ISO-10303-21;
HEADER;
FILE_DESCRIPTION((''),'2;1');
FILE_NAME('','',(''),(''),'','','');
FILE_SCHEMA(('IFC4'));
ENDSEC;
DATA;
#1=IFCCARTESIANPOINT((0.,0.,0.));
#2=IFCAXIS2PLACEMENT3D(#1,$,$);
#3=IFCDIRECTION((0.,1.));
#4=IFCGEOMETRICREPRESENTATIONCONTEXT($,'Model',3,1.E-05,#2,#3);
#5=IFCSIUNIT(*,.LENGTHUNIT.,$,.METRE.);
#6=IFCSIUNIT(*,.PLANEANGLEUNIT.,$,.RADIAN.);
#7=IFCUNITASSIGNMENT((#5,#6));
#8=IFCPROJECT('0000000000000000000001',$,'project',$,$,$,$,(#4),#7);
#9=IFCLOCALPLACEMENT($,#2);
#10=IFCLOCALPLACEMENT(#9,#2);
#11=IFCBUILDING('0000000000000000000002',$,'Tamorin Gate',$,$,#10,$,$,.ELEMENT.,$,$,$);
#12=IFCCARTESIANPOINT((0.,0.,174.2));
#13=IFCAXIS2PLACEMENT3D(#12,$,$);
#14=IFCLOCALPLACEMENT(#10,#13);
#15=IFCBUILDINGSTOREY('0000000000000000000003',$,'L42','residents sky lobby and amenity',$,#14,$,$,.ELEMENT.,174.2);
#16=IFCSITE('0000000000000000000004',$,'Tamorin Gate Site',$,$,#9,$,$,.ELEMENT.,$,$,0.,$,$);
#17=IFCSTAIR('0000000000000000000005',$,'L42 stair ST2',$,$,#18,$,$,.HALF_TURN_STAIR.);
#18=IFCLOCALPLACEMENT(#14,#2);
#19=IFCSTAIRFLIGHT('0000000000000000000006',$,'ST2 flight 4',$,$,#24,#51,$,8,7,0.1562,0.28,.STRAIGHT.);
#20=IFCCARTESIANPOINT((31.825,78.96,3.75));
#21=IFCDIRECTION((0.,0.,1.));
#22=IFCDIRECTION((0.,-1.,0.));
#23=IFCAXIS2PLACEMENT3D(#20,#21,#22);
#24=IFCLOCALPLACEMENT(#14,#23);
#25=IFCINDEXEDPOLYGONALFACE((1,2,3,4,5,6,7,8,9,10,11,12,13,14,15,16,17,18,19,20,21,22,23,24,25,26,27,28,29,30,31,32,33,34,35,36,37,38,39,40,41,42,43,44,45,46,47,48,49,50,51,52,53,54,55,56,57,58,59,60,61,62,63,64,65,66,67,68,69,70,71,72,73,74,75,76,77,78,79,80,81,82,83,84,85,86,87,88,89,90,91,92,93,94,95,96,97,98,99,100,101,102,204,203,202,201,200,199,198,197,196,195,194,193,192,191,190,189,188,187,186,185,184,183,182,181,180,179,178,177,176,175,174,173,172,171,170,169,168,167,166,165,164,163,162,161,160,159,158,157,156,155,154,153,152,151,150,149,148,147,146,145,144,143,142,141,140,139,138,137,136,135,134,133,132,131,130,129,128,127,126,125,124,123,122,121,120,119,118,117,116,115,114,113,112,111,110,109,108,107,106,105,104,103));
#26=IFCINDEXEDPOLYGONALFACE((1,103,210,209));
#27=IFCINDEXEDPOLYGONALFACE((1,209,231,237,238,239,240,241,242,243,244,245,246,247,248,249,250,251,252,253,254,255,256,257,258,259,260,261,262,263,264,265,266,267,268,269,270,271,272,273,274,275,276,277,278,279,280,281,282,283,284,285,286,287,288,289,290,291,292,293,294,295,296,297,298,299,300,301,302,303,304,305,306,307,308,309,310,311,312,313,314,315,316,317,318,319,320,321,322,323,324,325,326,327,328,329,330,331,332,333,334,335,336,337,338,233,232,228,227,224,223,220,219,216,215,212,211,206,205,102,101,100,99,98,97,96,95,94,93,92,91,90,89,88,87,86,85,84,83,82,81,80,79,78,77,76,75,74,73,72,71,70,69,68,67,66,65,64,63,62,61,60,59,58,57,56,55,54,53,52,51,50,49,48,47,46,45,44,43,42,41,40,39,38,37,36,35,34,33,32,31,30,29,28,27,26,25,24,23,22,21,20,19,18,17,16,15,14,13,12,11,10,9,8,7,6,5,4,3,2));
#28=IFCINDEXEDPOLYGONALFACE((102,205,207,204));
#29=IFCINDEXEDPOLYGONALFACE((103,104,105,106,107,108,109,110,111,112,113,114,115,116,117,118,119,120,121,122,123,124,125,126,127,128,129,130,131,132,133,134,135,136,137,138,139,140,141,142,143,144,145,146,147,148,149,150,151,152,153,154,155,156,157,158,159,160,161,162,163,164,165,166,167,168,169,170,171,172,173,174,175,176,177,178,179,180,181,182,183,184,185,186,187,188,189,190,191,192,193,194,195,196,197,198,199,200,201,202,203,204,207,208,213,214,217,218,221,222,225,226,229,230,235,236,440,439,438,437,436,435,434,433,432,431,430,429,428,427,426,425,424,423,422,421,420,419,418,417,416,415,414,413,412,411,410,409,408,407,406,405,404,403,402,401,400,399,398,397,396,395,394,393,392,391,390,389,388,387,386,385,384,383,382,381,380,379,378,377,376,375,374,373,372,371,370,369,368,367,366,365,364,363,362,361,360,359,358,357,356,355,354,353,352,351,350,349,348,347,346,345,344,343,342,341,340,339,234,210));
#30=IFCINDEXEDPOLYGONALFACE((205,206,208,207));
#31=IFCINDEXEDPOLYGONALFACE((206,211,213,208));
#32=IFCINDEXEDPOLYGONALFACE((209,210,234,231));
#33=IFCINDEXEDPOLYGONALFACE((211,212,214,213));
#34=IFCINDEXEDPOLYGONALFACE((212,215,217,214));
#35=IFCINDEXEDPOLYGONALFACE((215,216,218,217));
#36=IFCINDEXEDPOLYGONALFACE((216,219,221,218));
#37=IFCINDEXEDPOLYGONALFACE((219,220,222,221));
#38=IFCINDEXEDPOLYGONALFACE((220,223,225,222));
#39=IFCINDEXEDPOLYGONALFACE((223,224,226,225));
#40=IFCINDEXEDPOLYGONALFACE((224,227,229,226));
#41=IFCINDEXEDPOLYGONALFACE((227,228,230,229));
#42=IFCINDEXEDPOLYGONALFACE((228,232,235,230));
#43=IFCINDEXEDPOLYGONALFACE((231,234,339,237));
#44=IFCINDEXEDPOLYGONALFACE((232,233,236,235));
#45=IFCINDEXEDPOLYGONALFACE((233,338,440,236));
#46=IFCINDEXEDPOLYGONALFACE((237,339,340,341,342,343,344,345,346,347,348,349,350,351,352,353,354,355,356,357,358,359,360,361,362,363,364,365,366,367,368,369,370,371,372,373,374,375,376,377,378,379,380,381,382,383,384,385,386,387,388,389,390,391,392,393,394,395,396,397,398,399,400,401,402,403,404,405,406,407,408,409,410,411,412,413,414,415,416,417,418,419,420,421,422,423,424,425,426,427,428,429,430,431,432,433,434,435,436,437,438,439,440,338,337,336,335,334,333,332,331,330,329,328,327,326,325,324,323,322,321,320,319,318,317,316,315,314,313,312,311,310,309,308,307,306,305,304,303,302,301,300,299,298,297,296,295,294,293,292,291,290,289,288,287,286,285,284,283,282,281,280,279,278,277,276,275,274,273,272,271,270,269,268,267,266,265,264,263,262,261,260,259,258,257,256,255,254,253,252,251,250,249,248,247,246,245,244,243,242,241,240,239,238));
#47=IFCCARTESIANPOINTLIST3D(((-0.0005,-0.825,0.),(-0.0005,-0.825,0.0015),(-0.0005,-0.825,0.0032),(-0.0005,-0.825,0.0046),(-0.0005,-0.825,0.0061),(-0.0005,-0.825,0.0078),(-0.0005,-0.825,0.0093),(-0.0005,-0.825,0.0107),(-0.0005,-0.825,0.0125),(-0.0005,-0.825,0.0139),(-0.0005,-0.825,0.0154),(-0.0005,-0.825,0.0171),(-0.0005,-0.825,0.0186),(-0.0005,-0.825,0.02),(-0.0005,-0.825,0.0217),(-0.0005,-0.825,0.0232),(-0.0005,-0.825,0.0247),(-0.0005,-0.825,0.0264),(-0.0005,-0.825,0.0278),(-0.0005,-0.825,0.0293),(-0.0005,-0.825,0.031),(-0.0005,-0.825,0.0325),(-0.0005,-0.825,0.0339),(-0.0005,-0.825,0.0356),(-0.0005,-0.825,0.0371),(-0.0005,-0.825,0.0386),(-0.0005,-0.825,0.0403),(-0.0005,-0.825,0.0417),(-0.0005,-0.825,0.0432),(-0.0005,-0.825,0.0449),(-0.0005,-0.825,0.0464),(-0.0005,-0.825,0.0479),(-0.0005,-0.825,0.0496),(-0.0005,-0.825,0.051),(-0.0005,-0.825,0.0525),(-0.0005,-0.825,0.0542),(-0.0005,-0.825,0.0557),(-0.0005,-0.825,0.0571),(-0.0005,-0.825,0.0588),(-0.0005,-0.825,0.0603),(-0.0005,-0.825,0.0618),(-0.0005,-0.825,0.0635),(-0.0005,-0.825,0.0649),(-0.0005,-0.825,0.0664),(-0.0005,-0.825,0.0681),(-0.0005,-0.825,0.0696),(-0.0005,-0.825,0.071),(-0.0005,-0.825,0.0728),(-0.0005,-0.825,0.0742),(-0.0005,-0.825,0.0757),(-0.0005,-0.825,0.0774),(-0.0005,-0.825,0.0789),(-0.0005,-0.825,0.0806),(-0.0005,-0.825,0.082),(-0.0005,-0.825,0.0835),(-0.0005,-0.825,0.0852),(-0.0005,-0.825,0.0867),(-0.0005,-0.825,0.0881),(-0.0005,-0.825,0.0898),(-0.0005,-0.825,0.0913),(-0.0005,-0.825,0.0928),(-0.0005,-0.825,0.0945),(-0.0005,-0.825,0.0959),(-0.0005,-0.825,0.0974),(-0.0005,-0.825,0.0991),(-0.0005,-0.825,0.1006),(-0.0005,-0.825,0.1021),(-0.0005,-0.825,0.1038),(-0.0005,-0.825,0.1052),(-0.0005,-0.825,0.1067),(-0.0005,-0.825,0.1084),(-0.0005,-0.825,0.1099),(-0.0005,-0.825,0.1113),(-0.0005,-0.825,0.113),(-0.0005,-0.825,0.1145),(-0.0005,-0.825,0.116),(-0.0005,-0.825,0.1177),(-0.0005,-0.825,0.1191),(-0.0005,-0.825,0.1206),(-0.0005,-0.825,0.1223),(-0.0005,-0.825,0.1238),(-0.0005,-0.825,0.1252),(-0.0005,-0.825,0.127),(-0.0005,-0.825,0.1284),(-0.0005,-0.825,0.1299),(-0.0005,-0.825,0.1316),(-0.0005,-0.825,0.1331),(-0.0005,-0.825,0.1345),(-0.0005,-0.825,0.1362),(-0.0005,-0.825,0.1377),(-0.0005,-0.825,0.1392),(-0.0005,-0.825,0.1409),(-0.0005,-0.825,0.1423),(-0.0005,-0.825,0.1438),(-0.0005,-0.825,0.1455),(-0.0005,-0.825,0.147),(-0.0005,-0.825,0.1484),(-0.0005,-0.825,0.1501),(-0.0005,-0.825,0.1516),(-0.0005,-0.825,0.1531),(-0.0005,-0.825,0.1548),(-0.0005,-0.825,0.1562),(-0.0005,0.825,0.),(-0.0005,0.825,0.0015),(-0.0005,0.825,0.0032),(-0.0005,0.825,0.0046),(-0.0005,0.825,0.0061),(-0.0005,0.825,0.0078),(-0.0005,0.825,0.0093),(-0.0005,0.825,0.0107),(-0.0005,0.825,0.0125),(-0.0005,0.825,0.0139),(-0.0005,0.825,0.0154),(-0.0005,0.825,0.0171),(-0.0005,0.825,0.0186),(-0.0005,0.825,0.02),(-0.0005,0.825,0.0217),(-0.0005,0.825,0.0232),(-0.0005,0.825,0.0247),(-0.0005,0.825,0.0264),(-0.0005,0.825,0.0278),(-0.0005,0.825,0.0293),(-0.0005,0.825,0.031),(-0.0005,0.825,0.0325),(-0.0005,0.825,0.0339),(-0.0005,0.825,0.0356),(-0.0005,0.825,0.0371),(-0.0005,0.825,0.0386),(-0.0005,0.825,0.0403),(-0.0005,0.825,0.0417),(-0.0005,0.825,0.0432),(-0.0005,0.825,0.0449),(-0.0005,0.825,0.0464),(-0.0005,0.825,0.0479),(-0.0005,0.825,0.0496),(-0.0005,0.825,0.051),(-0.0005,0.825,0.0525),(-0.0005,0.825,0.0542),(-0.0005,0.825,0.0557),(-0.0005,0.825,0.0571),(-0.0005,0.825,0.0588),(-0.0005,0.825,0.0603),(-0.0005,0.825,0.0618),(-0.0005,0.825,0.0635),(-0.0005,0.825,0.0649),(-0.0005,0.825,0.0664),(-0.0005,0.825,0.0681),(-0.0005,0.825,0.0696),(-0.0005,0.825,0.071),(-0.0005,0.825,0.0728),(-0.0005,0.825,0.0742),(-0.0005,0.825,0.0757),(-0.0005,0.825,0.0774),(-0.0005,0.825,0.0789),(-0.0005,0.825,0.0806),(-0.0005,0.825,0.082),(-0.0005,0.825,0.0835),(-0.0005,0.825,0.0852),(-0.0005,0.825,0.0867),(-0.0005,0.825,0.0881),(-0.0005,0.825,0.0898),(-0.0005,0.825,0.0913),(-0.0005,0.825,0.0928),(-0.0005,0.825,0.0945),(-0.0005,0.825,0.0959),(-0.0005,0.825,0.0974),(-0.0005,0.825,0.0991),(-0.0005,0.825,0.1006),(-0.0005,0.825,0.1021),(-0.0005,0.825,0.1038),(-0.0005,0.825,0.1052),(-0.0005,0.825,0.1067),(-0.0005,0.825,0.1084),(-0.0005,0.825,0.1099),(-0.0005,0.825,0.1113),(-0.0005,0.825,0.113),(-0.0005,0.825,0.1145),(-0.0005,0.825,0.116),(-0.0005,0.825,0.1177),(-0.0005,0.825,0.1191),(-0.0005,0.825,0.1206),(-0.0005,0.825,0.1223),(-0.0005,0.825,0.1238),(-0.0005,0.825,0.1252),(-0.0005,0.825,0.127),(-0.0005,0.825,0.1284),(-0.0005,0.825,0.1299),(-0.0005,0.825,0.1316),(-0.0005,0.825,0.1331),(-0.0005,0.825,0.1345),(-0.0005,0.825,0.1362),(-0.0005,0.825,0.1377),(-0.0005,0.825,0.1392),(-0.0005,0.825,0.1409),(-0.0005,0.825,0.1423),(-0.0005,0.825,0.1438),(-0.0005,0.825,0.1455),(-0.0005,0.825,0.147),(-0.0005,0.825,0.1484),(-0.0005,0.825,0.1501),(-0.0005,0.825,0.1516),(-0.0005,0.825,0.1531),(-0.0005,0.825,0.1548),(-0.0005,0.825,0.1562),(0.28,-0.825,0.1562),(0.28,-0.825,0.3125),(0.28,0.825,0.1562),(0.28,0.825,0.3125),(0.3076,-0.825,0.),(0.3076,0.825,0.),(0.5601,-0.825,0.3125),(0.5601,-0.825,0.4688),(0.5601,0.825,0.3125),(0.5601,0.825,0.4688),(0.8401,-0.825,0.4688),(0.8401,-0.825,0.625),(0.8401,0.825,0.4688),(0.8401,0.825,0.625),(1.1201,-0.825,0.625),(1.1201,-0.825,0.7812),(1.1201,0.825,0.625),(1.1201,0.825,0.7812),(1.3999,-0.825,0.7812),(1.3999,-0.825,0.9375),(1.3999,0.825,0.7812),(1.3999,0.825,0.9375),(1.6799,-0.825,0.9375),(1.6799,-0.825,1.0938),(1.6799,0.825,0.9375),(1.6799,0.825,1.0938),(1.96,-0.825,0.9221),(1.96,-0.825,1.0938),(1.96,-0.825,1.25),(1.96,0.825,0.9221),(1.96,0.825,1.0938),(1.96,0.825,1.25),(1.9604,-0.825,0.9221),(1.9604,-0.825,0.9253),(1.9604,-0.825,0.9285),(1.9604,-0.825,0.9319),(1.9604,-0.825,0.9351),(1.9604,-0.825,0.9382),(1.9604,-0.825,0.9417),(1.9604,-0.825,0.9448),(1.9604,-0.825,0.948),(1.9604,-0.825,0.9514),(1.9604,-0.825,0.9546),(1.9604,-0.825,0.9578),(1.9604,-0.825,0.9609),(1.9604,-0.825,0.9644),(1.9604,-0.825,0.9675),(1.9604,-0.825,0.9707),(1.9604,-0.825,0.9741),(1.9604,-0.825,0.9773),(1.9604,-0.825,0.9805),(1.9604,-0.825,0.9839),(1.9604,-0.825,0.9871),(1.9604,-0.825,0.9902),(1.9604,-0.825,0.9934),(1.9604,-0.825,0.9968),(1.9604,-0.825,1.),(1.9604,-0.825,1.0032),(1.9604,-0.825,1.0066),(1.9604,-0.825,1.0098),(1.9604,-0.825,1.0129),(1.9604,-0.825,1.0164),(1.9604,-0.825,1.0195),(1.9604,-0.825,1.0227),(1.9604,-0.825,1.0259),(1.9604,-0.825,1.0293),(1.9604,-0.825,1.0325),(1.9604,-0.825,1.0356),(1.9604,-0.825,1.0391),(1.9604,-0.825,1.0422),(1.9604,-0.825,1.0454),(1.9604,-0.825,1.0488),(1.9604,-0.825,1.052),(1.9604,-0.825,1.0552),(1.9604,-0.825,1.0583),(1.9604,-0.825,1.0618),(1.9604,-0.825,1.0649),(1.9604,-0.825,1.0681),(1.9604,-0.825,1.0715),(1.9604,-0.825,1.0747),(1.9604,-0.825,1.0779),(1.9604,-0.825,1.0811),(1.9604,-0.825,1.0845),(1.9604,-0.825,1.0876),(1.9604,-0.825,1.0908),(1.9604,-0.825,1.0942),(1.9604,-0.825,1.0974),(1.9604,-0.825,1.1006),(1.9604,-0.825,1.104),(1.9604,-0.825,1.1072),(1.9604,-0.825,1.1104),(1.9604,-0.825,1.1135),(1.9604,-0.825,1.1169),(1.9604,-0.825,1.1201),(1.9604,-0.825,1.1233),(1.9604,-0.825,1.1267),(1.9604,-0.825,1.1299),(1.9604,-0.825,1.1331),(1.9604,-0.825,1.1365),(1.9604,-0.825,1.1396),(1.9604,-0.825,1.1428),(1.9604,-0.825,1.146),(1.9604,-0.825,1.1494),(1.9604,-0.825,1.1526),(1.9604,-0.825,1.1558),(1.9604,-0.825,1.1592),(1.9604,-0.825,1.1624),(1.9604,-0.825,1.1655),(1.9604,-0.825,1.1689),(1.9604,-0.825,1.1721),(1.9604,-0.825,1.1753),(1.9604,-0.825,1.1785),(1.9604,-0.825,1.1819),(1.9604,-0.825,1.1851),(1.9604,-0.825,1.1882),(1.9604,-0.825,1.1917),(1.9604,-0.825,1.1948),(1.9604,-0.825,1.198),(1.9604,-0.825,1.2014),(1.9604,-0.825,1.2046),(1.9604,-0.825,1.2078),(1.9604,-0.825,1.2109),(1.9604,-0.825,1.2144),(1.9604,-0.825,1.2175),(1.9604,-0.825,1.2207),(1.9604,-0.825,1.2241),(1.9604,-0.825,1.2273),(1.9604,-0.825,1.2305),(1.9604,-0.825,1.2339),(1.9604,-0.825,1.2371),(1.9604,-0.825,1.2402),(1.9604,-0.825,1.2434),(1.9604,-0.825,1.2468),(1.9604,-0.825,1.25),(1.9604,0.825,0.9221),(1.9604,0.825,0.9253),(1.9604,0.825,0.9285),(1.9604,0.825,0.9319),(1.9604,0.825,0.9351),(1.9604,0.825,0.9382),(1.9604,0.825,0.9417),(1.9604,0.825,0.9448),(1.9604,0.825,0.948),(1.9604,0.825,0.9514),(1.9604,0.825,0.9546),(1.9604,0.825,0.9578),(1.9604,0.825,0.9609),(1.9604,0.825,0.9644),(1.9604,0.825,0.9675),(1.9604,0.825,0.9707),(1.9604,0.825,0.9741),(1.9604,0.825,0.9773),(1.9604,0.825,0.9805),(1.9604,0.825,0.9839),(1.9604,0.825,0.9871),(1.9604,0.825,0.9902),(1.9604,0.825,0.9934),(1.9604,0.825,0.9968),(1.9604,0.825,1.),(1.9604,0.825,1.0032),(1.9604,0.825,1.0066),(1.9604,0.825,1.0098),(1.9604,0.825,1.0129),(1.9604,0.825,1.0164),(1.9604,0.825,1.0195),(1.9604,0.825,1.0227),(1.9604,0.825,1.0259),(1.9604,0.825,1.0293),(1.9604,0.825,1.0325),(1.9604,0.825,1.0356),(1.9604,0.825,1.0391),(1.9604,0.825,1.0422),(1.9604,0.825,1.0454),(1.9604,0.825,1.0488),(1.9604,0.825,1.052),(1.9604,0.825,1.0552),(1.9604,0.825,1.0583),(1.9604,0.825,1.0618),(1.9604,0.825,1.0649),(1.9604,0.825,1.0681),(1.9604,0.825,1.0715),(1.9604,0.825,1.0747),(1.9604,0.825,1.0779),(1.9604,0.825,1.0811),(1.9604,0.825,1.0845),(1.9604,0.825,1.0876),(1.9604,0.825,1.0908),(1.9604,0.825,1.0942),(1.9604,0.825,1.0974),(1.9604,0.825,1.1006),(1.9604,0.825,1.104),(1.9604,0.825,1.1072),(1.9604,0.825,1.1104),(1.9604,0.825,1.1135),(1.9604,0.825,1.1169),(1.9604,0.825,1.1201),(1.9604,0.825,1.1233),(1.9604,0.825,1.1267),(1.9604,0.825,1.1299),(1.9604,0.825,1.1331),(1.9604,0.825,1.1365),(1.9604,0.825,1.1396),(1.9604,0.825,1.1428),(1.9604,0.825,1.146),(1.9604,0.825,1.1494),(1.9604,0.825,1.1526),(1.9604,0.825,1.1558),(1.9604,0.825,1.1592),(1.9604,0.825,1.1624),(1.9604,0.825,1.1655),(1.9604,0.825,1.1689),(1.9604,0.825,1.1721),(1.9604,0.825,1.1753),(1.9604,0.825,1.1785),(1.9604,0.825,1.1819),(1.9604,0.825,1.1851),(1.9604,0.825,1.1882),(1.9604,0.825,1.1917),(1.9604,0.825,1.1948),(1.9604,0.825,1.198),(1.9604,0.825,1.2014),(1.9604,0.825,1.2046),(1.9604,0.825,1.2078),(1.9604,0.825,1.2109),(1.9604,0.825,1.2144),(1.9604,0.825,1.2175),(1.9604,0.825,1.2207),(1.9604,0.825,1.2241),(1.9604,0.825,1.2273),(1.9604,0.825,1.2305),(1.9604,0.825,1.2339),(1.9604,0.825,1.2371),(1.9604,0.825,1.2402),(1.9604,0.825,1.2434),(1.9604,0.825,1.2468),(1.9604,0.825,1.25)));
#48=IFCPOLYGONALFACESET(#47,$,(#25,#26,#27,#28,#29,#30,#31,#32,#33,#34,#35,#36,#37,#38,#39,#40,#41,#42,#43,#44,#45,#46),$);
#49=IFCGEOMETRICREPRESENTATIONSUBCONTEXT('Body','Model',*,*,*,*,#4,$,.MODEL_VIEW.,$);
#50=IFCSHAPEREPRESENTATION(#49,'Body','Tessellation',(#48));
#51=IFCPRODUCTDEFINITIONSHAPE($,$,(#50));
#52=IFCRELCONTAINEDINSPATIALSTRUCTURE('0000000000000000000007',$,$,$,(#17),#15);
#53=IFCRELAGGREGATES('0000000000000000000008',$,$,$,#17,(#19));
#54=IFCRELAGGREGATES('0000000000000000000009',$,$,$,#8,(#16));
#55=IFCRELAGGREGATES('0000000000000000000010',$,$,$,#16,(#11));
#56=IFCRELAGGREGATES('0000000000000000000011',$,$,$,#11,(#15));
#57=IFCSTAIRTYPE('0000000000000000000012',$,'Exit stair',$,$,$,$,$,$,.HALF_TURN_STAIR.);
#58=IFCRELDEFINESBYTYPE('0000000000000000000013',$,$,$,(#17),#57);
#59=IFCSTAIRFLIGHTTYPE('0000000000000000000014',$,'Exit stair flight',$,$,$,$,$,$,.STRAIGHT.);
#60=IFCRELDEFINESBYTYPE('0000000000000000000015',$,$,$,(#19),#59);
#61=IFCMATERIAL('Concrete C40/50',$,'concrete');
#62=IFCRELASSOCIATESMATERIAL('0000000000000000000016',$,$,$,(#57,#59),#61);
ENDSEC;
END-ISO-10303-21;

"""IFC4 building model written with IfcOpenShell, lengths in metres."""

from ifc_helpers import new_model, si_unit, direction, frame, origin, place, context, subcontext, project, spatial, polyline, outline, extrude, material, type_object, element, aggregate, save


model = new_model("IFC4")

# Units and contexts
model_context = context("Model", 3, precision=1e-05, world=origin(), true_north=direction((0.0, 1.0)))
body_context = subcontext(model_context, "Body", "Model", "MODEL_VIEW")
ifc_project = project(units=[si_unit("LENGTHUNIT", "METRE"), si_unit("PLANEANGLEUNIT", "RADIAN")], contexts=[model_context])

# Site, building, storey
site_placement = place(None, origin())
site = spatial("IfcSite", under=ifc_project, at=site_placement, Name="Tamorin Gate Site", CompositionType="ELEMENT", RefElevation=0.0)
building_placement = place(site_placement, origin())
building = spatial("IfcBuilding", under=site, at=building_placement, Name="Tamorin Gate", CompositionType="ELEMENT")
storey_placement = place(building_placement, frame((0.0, 0.0, 174.2)))
storey = spatial("IfcBuildingStorey", under=building, at=storey_placement, Name="L42", Description="residents sky lobby and amenity", CompositionType="ELEMENT", Elevation=174.2)

# Stair, stair flight
ifc_material_1 = material(Name="Concrete C40/50", Category="concrete")
stair_type = type_object("IfcStairType", Name="Exit stair", PredefinedType="HALF_TURN_STAIR", material=ifc_material_1)
stair_placement = place(storey_placement, origin())
stair = element("IfcStair", 1, at=stair_placement, inside=storey, type_object=stair_type, Name="L42 stair ST2", PredefinedType="HALF_TURN_STAIR")
stair_flight_type = type_object("IfcStairFlightType", Name="Exit stair flight", PredefinedType="STRAIGHT", material=ifc_material_1)
stair_flight_1_placement = place(storey_placement, frame((31.825, 78.96, 3.75), z_axis=(0.0, 0.0, 1.0), x_axis=(0.0, -1.0, 0.0)))
stair_flight_1 = element("IfcStairFlight", 2, at=stair_flight_1_placement, type_object=stair_flight_type, Name="ST2 flight 4", NumberOfRisers=8, NumberOfTreads=7, PredefinedType="STRAIGHT", RiserHeight=0.1562, TreadLength=0.28, context=body_context, shape_type="SweptSolid", body=[
    extrude(outline(polyline([(-0.0005, 0.0), (-0.0005, 0.0015), (-0.0005, 0.0032), (-0.0005, 0.0046), (-0.0005, 0.0061), (-0.0005, 0.0078), (-0.0005, 0.0093), (-0.0005, 0.0107), (-0.0005, 0.0125), (-0.0005, 0.0139), (-0.0005, 0.0154), (-0.0005, 0.0171), (-0.0005, 0.0186), (-0.0005, 0.02), (-0.0005, 0.0217), (-0.0005, 0.0232), (-0.0005, 0.0247), (-0.0005, 0.0264), (-0.0005, 0.0278), (-0.0005, 0.0293), (-0.0005, 0.031), (-0.0005, 0.0325), (-0.0005, 0.0339), (-0.0005, 0.0356), (-0.0005, 0.0371), (-0.0005, 0.0386), (-0.0005, 0.0403), (-0.0005, 0.0417), (-0.0005, 0.0432), (-0.0005, 0.0449), (-0.0005, 0.0464), (-0.0005, 0.0479), (-0.0005, 0.0496), (-0.0005, 0.051), (-0.0005, 0.0525), (-0.0005, 0.0542), (-0.0005, 0.0557), (-0.0005, 0.0571), (-0.0005, 0.0588), (-0.0005, 0.0603), (-0.0005, 0.0618), (-0.0005, 0.0635), (-0.0005, 0.0649), (-0.0005, 0.0664), (-0.0005, 0.0681), (-0.0005, 0.0696), (-0.0005, 0.071), (-0.0005, 0.0728), (-0.0005, 0.0742), (-0.0005, 0.0757), (-0.0005, 0.0774), (-0.0005, 0.0789), (-0.0005, 0.0806), (-0.0005, 0.082), (-0.0005, 0.0835), (-0.0005, 0.0852), (-0.0005, 0.0867), (-0.0005, 0.0881), (-0.0005, 0.0898), (-0.0005, 0.0913), (-0.0005, 0.0928), (-0.0005, 0.0945), (-0.0005, 0.0959), (-0.0005, 0.0974), (-0.0005, 0.0991), (-0.0005, 0.1006), (-0.0005, 0.1021), (-0.0005, 0.1038), (-0.0005, 0.1052), (-0.0005, 0.1067), (-0.0005, 0.1084), (-0.0005, 0.1099), (-0.0005, 0.1113), (-0.0005, 0.113), (-0.0005, 0.1145), (-0.0005, 0.116), (-0.0005, 0.1177), (-0.0005, 0.1191), (-0.0005, 0.1206), (-0.0005, 0.1223), (-0.0005, 0.1238), (-0.0005, 0.1252), (-0.0005, 0.127), (-0.0005, 0.1284), (-0.0005, 0.1299), (-0.0005, 0.1316), (-0.0005, 0.1331), (-0.0005, 0.1345), (-0.0005, 0.1362), (-0.0005, 0.1377), (-0.0005, 0.1392), (-0.0005, 0.1409), (-0.0005, 0.1423), (-0.0005, 0.1438), (-0.0005, 0.1455), (-0.0005, 0.147), (-0.0005, 0.1484), (-0.0005, 0.1501), (-0.0005, 0.1516), (-0.0005, 0.1531), (-0.0005, 0.1548), (-0.0005, 0.1562), (0.28, 0.1562), (0.28, 0.3125), (0.5601, 0.3125), (0.5601, 0.4688), (0.8401, 0.4688), (0.8401, 0.625), (1.1201, 0.625), (1.1201, 0.7812), (1.3999, 0.7812), (1.3999, 0.9375), (1.6799, 0.9375), (1.6799, 1.0938), (1.96, 1.0938), (1.96, 1.25), (1.9604, 1.25), (1.9604, 1.2468), (1.9604, 1.2434), (1.9604, 1.2402), (1.9604, 1.2371), (1.9604, 1.2339), (1.9604, 1.2305), (1.9604, 1.2273), (1.9604, 1.2241), (1.9604, 1.2207), (1.9604, 1.2175), (1.9604, 1.2144), (1.9604, 1.2109), (1.9604, 1.2078), (1.9604, 1.2046), (1.9604, 1.2014), (1.9604, 1.198), (1.9604, 1.1948), (1.9604, 1.1917), (1.9604, 1.1882), (1.9604, 1.1851), (1.9604, 1.1819), (1.9604, 1.1785), (1.9604, 1.1753), (1.9604, 1.1721), (1.9604, 1.1689), (1.9604, 1.1655), (1.9604, 1.1624), (1.9604, 1.1592), (1.9604, 1.1558), (1.9604, 1.1526), (1.9604, 1.1494), (1.9604, 1.146), (1.9604, 1.1428), (1.9604, 1.1396), (1.9604, 1.1365), (1.9604, 1.1331), (1.9604, 1.1299), (1.9604, 1.1267), (1.9604, 1.1233), (1.9604, 1.1201), (1.9604, 1.1169), (1.9604, 1.1135), (1.9604, 1.1104), (1.9604, 1.1072), (1.9604, 1.104), (1.9604, 1.1006), (1.9604, 1.0974), (1.9604, 1.0942), (1.9604, 1.0908), (1.9604, 1.0876), (1.9604, 1.0845), (1.9604, 1.0811), (1.9604, 1.0779), (1.9604, 1.0747), (1.9604, 1.0715), (1.9604, 1.0681), (1.9604, 1.0649), (1.9604, 1.0618), (1.9604, 1.0583), (1.9604, 1.0552), (1.9604, 1.052), (1.9604, 1.0488), (1.9604, 1.0454), (1.9604, 1.0422), (1.9604, 1.0391), (1.9604, 1.0356), (1.9604, 1.0325), (1.9604, 1.0293), (1.9604, 1.0259), (1.9604, 1.0227), (1.9604, 1.0195), (1.9604, 1.0164), (1.9604, 1.0129), (1.9604, 1.0098), (1.9604, 1.0066), (1.9604, 1.0032), (1.9604, 1.0), (1.9604, 0.9968), (1.9604, 0.9934), (1.9604, 0.9902), (1.9604, 0.9871), (1.9604, 0.9839), (1.9604, 0.9805), (1.9604, 0.9773), (1.9604, 0.9741), (1.9604, 0.9707), (1.9604, 0.9675), (1.9604, 0.9644), (1.9604, 0.9609), (1.9604, 0.9578), (1.9604, 0.9546), (1.9604, 0.9514), (1.9604, 0.948), (1.9604, 0.9448), (1.9604, 0.9417), (1.9604, 0.9382), (1.9604, 0.9351), (1.9604, 0.9319), (1.9604, 0.9285), (1.9604, 0.9253), (1.9604, 0.9221), (1.96, 0.9221), (0.3076, 0.0), (-0.0005, 0.0)])), frame((0.0, 0.825, 0.0), z_axis=(0.0, -1.0, 0.0), x_axis=(1.0, 0.0, 0.0)), (0.0, 0.0, 1.0), 1.6499),
])
aggregate(stair, [stair_flight_1])

save(model, "model.ifc")
